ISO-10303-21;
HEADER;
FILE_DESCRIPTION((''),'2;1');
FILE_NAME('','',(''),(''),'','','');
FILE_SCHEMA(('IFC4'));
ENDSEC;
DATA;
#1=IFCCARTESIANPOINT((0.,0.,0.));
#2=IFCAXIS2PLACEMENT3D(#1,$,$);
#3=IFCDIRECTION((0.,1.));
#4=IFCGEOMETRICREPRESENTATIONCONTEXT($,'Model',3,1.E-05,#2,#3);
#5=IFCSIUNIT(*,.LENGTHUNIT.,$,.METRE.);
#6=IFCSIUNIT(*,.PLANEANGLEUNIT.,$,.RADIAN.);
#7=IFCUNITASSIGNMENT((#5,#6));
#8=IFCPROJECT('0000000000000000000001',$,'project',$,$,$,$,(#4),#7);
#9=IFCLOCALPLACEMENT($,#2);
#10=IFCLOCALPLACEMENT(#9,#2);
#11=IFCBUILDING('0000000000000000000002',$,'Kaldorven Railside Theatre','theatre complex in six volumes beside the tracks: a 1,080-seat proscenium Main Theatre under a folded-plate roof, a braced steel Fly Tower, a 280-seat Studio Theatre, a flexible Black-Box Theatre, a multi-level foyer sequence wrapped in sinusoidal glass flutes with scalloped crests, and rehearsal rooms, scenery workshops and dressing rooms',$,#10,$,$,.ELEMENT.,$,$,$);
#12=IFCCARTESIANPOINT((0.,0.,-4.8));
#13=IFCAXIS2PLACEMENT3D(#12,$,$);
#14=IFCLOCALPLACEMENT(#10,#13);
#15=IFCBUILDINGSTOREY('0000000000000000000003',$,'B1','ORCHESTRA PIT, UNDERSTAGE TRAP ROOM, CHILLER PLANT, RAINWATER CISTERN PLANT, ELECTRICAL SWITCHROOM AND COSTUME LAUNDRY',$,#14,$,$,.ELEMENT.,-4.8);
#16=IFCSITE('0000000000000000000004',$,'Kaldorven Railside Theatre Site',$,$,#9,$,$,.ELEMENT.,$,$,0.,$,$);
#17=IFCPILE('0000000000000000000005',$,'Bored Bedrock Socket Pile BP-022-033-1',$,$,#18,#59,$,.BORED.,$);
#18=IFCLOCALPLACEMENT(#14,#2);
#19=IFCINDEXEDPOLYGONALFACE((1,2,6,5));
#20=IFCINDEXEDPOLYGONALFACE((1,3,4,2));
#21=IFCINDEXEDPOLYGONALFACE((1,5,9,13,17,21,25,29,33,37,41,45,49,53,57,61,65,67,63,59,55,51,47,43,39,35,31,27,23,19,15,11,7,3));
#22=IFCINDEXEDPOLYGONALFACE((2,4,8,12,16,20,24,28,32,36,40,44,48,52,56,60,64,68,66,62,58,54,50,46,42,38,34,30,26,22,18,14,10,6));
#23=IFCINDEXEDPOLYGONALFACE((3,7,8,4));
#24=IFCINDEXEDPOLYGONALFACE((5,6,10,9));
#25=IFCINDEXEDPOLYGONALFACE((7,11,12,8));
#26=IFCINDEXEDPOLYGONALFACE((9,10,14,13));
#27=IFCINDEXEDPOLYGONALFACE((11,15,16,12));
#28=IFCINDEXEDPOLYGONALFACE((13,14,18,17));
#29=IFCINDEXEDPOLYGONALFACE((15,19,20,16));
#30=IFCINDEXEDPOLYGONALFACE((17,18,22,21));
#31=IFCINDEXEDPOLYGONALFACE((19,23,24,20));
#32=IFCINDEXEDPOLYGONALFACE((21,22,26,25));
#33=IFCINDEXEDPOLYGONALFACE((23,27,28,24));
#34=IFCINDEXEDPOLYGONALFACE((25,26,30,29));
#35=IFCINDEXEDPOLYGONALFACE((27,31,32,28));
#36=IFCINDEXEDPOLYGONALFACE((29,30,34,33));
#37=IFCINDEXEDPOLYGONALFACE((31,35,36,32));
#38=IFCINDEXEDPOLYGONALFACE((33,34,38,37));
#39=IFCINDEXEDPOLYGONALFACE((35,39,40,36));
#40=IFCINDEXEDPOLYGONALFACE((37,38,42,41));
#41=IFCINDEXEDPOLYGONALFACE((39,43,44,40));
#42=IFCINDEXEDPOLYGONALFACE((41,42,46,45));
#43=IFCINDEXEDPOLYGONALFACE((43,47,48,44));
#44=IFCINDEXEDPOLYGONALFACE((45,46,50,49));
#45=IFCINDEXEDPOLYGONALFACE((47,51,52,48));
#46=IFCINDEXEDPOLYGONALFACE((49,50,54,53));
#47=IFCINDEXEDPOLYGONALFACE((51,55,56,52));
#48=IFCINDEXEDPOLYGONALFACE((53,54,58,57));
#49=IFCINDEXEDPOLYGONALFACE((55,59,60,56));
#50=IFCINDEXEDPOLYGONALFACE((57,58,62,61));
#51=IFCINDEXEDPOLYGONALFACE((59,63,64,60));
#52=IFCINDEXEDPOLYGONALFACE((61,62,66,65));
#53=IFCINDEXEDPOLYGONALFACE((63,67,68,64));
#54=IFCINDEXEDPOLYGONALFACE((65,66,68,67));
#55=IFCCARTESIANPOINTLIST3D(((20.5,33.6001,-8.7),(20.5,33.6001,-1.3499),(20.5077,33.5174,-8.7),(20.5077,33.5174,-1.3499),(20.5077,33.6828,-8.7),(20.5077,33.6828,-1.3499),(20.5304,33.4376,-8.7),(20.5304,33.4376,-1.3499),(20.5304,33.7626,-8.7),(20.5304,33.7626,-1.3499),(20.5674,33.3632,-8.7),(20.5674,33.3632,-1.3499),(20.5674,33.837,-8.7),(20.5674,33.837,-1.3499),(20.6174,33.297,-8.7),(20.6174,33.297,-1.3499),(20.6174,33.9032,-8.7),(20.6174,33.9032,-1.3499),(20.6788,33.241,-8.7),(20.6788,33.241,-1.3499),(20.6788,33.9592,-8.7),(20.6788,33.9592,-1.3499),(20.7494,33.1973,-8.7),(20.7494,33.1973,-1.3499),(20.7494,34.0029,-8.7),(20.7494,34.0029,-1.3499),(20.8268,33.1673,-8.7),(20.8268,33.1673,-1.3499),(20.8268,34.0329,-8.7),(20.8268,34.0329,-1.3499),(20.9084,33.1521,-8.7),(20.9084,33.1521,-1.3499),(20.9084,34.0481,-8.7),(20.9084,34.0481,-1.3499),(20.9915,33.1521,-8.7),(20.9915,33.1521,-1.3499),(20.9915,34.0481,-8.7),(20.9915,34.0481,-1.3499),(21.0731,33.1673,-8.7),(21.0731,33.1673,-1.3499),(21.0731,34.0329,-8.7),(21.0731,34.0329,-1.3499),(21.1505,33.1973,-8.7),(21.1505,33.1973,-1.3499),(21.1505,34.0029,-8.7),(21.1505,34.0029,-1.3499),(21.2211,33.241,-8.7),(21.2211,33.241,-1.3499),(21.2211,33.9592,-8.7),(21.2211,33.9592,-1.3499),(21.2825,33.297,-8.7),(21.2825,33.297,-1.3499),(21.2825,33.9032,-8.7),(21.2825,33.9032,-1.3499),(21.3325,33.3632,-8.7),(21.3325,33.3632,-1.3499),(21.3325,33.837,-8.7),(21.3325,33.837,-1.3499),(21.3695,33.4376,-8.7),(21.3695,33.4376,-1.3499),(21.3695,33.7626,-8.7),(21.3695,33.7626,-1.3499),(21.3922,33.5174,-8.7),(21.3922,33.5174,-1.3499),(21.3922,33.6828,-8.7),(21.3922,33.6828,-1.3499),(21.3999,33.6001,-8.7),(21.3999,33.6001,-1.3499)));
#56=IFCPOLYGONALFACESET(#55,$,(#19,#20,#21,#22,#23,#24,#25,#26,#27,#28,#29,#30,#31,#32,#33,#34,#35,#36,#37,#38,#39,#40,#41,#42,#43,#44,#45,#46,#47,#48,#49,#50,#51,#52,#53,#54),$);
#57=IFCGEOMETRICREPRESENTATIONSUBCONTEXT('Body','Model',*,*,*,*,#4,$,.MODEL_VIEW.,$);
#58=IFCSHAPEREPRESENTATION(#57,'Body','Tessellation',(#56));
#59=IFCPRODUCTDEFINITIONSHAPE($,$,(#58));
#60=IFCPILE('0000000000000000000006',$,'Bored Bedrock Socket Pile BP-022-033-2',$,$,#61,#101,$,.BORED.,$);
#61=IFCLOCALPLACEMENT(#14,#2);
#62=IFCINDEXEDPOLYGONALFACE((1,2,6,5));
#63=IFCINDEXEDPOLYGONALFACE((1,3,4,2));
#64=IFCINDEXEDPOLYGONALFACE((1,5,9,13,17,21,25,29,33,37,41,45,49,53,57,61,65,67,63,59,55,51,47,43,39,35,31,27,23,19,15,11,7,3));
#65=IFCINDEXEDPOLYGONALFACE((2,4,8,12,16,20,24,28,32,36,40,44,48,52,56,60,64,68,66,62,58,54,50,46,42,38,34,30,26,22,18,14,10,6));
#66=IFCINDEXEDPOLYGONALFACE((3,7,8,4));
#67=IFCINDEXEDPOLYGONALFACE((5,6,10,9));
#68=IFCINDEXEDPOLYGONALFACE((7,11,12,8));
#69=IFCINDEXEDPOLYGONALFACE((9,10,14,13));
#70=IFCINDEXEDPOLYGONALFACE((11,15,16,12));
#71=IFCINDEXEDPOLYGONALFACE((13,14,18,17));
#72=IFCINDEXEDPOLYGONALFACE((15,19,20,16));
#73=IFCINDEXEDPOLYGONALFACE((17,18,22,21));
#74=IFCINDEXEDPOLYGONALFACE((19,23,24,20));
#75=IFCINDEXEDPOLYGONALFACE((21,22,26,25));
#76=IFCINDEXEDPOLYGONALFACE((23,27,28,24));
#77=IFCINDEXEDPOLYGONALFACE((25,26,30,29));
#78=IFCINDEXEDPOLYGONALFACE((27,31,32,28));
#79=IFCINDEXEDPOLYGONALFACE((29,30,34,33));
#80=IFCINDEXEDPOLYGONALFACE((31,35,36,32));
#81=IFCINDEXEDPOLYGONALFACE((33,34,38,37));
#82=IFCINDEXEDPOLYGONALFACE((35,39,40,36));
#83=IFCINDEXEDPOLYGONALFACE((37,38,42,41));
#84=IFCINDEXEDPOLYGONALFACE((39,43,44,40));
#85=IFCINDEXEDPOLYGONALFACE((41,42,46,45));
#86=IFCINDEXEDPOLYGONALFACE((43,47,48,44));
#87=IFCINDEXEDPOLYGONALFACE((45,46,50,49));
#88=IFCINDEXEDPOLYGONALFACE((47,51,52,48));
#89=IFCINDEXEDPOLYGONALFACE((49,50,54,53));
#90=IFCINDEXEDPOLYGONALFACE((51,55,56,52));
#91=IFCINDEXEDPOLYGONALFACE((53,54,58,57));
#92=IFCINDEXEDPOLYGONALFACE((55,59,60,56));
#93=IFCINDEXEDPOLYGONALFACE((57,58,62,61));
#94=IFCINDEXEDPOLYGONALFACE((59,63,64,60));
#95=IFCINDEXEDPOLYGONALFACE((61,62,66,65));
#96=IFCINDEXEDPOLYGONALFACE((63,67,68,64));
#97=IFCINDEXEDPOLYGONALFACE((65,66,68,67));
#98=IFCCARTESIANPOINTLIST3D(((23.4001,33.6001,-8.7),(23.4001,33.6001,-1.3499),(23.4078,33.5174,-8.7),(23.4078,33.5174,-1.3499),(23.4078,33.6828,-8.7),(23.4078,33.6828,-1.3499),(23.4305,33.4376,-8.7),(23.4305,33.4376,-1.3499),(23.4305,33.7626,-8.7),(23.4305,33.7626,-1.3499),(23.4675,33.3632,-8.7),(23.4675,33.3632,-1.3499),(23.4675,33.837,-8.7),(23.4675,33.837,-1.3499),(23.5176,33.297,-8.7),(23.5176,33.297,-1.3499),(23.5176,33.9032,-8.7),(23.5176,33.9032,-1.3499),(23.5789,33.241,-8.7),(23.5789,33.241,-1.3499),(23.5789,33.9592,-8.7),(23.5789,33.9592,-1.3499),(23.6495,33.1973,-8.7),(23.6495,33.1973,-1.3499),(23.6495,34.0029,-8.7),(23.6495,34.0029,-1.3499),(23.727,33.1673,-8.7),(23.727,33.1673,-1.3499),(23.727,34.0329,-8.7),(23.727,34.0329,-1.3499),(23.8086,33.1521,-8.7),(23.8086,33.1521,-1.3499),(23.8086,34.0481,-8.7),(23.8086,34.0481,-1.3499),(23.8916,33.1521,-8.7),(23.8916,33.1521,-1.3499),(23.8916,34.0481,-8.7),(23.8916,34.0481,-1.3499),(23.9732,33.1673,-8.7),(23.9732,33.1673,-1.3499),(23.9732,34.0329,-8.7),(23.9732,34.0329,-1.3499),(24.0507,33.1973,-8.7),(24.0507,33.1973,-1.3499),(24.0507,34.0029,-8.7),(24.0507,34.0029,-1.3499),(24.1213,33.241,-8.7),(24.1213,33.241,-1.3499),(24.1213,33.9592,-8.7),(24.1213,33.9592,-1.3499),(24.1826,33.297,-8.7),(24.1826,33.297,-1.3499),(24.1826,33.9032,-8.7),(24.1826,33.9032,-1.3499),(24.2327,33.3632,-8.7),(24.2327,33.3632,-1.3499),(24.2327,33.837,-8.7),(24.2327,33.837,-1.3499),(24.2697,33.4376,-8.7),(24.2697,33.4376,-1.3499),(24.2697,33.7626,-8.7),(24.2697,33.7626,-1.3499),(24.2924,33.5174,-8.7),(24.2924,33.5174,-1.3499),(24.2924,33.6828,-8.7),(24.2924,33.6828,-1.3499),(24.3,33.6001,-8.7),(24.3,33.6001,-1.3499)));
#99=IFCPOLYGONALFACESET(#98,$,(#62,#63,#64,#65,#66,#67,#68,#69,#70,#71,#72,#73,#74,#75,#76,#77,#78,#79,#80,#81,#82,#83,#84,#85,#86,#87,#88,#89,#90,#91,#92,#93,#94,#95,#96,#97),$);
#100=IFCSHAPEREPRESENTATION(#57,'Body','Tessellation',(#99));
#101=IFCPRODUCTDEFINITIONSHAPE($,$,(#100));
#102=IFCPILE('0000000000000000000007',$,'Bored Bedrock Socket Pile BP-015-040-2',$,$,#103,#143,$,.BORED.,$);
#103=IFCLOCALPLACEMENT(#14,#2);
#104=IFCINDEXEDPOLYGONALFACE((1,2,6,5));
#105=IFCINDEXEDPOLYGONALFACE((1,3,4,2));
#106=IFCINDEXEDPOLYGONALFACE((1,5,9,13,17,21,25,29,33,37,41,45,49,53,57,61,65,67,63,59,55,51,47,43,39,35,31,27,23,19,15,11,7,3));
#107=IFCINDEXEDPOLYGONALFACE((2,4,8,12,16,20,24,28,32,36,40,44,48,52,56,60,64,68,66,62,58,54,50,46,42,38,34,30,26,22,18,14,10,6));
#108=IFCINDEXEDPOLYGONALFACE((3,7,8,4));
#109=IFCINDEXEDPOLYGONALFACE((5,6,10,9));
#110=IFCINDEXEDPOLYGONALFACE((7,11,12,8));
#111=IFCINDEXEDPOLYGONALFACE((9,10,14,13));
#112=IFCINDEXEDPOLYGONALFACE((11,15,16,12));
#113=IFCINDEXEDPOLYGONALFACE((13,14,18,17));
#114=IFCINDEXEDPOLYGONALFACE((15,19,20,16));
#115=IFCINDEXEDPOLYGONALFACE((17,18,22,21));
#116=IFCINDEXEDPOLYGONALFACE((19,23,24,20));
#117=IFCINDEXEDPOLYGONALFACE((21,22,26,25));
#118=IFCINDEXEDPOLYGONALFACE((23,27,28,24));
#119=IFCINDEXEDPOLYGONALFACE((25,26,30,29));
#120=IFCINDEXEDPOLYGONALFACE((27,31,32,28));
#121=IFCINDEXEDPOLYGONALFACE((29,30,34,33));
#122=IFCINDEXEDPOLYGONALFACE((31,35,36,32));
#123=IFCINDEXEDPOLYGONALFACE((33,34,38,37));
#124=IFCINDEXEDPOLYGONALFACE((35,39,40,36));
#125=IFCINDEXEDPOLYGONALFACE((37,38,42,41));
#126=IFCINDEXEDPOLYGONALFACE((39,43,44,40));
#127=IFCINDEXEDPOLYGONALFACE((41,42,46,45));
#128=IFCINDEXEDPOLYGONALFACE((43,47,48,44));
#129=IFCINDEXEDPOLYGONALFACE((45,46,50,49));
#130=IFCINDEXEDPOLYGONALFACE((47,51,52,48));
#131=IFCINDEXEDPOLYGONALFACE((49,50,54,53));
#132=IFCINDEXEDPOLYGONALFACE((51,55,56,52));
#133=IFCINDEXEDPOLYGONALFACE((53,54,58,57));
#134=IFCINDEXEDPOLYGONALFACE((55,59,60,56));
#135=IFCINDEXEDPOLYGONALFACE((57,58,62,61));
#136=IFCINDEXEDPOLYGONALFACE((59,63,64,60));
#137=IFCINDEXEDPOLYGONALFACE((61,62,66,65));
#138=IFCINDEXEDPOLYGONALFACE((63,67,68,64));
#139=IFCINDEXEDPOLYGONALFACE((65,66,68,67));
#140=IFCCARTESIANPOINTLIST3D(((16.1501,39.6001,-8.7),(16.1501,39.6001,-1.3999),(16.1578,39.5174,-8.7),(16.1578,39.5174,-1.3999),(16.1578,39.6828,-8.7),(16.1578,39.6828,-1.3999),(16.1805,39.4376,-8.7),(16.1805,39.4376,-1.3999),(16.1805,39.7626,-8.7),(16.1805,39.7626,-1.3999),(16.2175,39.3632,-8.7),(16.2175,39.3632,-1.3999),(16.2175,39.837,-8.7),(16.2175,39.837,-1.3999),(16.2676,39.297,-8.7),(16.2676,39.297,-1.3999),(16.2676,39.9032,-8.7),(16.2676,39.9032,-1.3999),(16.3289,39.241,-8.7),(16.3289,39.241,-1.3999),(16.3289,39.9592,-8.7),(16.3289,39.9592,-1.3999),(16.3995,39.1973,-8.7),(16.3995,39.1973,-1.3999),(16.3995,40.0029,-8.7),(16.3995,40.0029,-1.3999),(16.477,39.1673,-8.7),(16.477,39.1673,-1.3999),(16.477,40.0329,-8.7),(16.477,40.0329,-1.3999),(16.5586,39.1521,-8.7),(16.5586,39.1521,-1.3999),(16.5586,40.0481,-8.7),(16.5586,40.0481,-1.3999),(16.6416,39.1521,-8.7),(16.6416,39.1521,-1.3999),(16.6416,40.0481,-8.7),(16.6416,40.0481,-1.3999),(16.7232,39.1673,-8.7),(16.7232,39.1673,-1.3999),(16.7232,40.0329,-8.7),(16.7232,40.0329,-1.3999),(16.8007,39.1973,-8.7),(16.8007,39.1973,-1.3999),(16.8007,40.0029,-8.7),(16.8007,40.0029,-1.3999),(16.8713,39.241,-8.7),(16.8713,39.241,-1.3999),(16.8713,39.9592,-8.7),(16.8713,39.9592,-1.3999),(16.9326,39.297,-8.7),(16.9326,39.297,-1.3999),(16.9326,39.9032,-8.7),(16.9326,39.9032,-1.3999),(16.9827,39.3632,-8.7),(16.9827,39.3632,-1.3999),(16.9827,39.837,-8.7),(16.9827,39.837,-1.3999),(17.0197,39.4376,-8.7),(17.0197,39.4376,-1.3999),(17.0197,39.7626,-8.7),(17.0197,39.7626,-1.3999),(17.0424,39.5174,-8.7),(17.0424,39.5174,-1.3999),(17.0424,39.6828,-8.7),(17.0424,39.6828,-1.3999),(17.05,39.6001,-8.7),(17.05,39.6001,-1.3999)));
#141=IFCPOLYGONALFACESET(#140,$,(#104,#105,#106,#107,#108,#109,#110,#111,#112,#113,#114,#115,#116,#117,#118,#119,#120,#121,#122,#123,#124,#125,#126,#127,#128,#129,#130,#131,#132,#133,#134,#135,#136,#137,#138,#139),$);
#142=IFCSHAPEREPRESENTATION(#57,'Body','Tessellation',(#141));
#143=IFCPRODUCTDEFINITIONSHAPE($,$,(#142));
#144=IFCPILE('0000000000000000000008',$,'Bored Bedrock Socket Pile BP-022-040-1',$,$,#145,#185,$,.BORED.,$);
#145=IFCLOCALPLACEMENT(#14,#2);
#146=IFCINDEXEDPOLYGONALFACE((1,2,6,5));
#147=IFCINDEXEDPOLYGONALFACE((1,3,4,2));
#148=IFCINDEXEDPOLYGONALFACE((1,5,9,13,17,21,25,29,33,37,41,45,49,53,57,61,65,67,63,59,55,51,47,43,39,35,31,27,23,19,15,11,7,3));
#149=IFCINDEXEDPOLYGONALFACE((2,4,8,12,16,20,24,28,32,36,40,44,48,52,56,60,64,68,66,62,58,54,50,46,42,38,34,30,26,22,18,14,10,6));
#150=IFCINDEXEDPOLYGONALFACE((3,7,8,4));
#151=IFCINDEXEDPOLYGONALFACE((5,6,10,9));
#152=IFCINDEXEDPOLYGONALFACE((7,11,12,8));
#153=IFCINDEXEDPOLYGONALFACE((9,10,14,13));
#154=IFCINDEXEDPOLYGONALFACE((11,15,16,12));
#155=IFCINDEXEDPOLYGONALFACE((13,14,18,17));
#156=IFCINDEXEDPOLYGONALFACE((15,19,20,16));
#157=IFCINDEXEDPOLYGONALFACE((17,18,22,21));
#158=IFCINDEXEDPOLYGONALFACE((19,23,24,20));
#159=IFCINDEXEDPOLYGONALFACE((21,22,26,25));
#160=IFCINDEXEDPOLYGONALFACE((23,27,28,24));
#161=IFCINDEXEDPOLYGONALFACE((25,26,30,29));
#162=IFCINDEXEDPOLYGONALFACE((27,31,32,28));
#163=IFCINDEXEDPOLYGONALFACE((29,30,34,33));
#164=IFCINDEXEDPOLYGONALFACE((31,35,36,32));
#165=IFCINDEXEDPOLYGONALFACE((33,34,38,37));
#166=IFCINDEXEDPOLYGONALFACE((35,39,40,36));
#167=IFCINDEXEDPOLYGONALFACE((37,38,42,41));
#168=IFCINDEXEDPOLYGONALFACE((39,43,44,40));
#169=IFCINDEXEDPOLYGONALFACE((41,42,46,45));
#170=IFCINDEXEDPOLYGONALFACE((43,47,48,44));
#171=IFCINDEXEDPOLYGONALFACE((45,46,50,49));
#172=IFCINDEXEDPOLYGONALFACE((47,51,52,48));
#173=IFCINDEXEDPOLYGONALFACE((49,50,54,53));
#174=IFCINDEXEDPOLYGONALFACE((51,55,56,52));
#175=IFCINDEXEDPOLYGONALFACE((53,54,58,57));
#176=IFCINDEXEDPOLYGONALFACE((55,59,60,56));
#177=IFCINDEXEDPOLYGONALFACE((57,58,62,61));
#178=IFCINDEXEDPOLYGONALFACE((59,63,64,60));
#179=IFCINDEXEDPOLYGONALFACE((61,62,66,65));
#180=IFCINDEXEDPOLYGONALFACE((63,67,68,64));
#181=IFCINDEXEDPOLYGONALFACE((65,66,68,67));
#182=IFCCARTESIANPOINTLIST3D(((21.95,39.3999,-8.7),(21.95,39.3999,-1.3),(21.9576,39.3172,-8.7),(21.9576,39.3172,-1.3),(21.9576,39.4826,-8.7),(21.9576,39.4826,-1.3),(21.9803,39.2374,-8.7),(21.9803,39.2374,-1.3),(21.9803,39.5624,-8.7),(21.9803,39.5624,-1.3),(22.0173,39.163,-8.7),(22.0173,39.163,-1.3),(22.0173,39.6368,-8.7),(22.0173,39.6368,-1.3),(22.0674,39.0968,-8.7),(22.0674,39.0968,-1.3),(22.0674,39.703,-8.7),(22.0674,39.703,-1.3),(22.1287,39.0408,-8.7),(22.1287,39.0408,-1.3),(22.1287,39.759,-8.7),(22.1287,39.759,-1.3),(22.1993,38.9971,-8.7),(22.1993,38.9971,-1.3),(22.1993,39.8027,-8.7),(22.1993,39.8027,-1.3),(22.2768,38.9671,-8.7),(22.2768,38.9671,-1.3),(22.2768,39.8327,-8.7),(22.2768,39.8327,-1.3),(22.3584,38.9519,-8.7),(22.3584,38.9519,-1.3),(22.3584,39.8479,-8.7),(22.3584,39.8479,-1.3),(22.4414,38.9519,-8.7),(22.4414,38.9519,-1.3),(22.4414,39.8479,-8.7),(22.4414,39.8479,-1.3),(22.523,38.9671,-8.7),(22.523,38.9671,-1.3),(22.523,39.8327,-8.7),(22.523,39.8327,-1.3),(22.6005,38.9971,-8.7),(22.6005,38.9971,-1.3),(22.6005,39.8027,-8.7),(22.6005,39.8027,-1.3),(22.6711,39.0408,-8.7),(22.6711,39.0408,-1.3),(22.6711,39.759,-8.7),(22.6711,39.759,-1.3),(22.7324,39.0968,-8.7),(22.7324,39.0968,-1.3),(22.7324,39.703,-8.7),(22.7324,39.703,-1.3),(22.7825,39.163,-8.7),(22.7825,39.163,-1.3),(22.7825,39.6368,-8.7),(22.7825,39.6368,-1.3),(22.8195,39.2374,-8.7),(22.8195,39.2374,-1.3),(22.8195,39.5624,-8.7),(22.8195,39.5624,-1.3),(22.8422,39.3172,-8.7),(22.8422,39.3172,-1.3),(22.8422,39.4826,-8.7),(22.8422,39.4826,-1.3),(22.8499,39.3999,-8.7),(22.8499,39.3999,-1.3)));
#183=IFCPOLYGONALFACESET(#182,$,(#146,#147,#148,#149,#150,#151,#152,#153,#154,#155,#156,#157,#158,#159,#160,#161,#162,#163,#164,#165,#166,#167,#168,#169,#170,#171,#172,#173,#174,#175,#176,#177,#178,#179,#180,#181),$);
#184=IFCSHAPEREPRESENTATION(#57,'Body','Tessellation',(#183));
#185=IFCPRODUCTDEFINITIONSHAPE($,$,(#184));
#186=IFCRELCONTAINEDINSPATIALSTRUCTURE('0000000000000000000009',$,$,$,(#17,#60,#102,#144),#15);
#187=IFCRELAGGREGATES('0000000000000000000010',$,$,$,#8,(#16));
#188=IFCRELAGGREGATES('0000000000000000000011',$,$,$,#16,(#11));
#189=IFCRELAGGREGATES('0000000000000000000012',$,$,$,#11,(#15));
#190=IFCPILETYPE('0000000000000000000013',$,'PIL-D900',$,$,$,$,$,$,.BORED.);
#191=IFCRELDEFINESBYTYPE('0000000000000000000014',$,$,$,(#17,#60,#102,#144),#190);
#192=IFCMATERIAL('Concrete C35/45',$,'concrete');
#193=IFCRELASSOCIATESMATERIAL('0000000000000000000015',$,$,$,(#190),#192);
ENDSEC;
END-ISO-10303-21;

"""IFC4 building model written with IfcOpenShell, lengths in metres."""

from ifc_helpers import new_model, si_unit, direction, frame, origin, origin_2d, place, context, subcontext, project, spatial, circle, extrude, material, material_profile, profile_set, type_object, element, save


model = new_model("IFC4")

# Units and contexts
model_context = context("Model", 3, precision=1e-05, world=origin(), true_north=direction((0.0, 1.0)))
body_context = subcontext(model_context, "Body", "Model", "MODEL_VIEW")
ifc_project = project(units=[si_unit("LENGTHUNIT", "METRE"), si_unit("PLANEANGLEUNIT", "RADIAN")], contexts=[model_context])

# Site, building, storey
site_placement = place(None, origin())
site = spatial("IfcSite", under=ifc_project, at=site_placement, Name="Kaldorven Railside Theatre Site", CompositionType="ELEMENT", RefElevation=0.0)
building_placement = place(site_placement, origin())
building = spatial("IfcBuilding", under=site, at=building_placement, Name="Kaldorven Railside Theatre", Description="theatre complex in six volumes beside the tracks: a 1,080-seat proscenium Main Theatre under a folded-plate roof, a braced steel Fly Tower, a 280-seat Studio Theatre, a flexible Black-Box Theatre, a multi-level foyer sequence wrapped in sinusoidal glass flutes with scalloped crests, and rehearsal rooms, scenery workshops and dressing rooms", CompositionType="ELEMENT")
storey_placement = place(building_placement, frame((0.0, 0.0, -4.8)))
storey = spatial("IfcBuildingStorey", under=building, at=storey_placement, Name="B1", Description="ORCHESTRA PIT, UNDERSTAGE TRAP ROOM, CHILLER PLANT, RAINWATER CISTERN PLANT, ELECTRICAL SWITCHROOM AND COSTUME LAUNDRY", CompositionType="ELEMENT", Elevation=-4.8)

# Piles
ifc_material_1 = material(Name="Concrete C35/45", Category="concrete")
ifc_material_profile_1 = material_profile(ifc_material_1, circle(Radius=0.45, at=origin_2d()), Name="BP D900")
ifc_profile_set_1 = profile_set([ifc_material_profile_1], Name="Concrete C35/45")
pile_type_1 = type_object("IfcPileType", Name="PIL-D900", PredefinedType="BORED", material=ifc_profile_set_1)
for number, where, z_axis, x_axis, name in (
    (1, (20.95, 33.6001, -1.3499), (0.0, 0.0, -1.0), (1.0, 0.0, 0.0), "Bored Bedrock Socket Pile BP-022-033-1"),
    (2, (23.8501, 33.6001, -1.3499), (0.0, 0.0, -1.0), (1.0, 0.0, 0.0), "Bored Bedrock Socket Pile BP-022-033-2"),
):
    element("IfcPile", number, at=place(storey_placement, frame(where, z_axis=z_axis, x_axis=x_axis)), inside=storey, type_object=pile_type_1, Name=name, PredefinedType="BORED", context=body_context, shape_type="SweptSolid", body=[
        extrude(circle(Radius=0.45, at=origin_2d()), origin(), (0.0, 0.0, 1.0), 7.3501),
    ])
pile_1_placement = place(storey_placement, frame((16.6001, 39.6001, -1.3999), z_axis=(0.0, 0.0, -1.0), x_axis=(1.0, 0.0, 0.0)))
element("IfcPile", 3, at=pile_1_placement, inside=storey, type_object=pile_type_1, Name="Bored Bedrock Socket Pile BP-015-040-2", PredefinedType="BORED", context=body_context, shape_type="SweptSolid", body=[
    extrude(circle(Radius=0.45, at=origin_2d()), origin(), (0.0, 0.0, 1.0), 7.3),
])
pile_2_placement = place(storey_placement, frame((22.3999, 39.3999, -1.3), z_axis=(0.0, 0.0, -1.0), x_axis=(1.0, 0.0, 0.0)))
element("IfcPile", 4, at=pile_2_placement, inside=storey, type_object=pile_type_1, Name="Bored Bedrock Socket Pile BP-022-040-1", PredefinedType="BORED", context=body_context, shape_type="SweptSolid", body=[
    extrude(circle(Radius=0.45, at=origin_2d()), origin(), (0.0, 0.0, 1.0), 7.3999),
])

save(model, "model.ifc")
